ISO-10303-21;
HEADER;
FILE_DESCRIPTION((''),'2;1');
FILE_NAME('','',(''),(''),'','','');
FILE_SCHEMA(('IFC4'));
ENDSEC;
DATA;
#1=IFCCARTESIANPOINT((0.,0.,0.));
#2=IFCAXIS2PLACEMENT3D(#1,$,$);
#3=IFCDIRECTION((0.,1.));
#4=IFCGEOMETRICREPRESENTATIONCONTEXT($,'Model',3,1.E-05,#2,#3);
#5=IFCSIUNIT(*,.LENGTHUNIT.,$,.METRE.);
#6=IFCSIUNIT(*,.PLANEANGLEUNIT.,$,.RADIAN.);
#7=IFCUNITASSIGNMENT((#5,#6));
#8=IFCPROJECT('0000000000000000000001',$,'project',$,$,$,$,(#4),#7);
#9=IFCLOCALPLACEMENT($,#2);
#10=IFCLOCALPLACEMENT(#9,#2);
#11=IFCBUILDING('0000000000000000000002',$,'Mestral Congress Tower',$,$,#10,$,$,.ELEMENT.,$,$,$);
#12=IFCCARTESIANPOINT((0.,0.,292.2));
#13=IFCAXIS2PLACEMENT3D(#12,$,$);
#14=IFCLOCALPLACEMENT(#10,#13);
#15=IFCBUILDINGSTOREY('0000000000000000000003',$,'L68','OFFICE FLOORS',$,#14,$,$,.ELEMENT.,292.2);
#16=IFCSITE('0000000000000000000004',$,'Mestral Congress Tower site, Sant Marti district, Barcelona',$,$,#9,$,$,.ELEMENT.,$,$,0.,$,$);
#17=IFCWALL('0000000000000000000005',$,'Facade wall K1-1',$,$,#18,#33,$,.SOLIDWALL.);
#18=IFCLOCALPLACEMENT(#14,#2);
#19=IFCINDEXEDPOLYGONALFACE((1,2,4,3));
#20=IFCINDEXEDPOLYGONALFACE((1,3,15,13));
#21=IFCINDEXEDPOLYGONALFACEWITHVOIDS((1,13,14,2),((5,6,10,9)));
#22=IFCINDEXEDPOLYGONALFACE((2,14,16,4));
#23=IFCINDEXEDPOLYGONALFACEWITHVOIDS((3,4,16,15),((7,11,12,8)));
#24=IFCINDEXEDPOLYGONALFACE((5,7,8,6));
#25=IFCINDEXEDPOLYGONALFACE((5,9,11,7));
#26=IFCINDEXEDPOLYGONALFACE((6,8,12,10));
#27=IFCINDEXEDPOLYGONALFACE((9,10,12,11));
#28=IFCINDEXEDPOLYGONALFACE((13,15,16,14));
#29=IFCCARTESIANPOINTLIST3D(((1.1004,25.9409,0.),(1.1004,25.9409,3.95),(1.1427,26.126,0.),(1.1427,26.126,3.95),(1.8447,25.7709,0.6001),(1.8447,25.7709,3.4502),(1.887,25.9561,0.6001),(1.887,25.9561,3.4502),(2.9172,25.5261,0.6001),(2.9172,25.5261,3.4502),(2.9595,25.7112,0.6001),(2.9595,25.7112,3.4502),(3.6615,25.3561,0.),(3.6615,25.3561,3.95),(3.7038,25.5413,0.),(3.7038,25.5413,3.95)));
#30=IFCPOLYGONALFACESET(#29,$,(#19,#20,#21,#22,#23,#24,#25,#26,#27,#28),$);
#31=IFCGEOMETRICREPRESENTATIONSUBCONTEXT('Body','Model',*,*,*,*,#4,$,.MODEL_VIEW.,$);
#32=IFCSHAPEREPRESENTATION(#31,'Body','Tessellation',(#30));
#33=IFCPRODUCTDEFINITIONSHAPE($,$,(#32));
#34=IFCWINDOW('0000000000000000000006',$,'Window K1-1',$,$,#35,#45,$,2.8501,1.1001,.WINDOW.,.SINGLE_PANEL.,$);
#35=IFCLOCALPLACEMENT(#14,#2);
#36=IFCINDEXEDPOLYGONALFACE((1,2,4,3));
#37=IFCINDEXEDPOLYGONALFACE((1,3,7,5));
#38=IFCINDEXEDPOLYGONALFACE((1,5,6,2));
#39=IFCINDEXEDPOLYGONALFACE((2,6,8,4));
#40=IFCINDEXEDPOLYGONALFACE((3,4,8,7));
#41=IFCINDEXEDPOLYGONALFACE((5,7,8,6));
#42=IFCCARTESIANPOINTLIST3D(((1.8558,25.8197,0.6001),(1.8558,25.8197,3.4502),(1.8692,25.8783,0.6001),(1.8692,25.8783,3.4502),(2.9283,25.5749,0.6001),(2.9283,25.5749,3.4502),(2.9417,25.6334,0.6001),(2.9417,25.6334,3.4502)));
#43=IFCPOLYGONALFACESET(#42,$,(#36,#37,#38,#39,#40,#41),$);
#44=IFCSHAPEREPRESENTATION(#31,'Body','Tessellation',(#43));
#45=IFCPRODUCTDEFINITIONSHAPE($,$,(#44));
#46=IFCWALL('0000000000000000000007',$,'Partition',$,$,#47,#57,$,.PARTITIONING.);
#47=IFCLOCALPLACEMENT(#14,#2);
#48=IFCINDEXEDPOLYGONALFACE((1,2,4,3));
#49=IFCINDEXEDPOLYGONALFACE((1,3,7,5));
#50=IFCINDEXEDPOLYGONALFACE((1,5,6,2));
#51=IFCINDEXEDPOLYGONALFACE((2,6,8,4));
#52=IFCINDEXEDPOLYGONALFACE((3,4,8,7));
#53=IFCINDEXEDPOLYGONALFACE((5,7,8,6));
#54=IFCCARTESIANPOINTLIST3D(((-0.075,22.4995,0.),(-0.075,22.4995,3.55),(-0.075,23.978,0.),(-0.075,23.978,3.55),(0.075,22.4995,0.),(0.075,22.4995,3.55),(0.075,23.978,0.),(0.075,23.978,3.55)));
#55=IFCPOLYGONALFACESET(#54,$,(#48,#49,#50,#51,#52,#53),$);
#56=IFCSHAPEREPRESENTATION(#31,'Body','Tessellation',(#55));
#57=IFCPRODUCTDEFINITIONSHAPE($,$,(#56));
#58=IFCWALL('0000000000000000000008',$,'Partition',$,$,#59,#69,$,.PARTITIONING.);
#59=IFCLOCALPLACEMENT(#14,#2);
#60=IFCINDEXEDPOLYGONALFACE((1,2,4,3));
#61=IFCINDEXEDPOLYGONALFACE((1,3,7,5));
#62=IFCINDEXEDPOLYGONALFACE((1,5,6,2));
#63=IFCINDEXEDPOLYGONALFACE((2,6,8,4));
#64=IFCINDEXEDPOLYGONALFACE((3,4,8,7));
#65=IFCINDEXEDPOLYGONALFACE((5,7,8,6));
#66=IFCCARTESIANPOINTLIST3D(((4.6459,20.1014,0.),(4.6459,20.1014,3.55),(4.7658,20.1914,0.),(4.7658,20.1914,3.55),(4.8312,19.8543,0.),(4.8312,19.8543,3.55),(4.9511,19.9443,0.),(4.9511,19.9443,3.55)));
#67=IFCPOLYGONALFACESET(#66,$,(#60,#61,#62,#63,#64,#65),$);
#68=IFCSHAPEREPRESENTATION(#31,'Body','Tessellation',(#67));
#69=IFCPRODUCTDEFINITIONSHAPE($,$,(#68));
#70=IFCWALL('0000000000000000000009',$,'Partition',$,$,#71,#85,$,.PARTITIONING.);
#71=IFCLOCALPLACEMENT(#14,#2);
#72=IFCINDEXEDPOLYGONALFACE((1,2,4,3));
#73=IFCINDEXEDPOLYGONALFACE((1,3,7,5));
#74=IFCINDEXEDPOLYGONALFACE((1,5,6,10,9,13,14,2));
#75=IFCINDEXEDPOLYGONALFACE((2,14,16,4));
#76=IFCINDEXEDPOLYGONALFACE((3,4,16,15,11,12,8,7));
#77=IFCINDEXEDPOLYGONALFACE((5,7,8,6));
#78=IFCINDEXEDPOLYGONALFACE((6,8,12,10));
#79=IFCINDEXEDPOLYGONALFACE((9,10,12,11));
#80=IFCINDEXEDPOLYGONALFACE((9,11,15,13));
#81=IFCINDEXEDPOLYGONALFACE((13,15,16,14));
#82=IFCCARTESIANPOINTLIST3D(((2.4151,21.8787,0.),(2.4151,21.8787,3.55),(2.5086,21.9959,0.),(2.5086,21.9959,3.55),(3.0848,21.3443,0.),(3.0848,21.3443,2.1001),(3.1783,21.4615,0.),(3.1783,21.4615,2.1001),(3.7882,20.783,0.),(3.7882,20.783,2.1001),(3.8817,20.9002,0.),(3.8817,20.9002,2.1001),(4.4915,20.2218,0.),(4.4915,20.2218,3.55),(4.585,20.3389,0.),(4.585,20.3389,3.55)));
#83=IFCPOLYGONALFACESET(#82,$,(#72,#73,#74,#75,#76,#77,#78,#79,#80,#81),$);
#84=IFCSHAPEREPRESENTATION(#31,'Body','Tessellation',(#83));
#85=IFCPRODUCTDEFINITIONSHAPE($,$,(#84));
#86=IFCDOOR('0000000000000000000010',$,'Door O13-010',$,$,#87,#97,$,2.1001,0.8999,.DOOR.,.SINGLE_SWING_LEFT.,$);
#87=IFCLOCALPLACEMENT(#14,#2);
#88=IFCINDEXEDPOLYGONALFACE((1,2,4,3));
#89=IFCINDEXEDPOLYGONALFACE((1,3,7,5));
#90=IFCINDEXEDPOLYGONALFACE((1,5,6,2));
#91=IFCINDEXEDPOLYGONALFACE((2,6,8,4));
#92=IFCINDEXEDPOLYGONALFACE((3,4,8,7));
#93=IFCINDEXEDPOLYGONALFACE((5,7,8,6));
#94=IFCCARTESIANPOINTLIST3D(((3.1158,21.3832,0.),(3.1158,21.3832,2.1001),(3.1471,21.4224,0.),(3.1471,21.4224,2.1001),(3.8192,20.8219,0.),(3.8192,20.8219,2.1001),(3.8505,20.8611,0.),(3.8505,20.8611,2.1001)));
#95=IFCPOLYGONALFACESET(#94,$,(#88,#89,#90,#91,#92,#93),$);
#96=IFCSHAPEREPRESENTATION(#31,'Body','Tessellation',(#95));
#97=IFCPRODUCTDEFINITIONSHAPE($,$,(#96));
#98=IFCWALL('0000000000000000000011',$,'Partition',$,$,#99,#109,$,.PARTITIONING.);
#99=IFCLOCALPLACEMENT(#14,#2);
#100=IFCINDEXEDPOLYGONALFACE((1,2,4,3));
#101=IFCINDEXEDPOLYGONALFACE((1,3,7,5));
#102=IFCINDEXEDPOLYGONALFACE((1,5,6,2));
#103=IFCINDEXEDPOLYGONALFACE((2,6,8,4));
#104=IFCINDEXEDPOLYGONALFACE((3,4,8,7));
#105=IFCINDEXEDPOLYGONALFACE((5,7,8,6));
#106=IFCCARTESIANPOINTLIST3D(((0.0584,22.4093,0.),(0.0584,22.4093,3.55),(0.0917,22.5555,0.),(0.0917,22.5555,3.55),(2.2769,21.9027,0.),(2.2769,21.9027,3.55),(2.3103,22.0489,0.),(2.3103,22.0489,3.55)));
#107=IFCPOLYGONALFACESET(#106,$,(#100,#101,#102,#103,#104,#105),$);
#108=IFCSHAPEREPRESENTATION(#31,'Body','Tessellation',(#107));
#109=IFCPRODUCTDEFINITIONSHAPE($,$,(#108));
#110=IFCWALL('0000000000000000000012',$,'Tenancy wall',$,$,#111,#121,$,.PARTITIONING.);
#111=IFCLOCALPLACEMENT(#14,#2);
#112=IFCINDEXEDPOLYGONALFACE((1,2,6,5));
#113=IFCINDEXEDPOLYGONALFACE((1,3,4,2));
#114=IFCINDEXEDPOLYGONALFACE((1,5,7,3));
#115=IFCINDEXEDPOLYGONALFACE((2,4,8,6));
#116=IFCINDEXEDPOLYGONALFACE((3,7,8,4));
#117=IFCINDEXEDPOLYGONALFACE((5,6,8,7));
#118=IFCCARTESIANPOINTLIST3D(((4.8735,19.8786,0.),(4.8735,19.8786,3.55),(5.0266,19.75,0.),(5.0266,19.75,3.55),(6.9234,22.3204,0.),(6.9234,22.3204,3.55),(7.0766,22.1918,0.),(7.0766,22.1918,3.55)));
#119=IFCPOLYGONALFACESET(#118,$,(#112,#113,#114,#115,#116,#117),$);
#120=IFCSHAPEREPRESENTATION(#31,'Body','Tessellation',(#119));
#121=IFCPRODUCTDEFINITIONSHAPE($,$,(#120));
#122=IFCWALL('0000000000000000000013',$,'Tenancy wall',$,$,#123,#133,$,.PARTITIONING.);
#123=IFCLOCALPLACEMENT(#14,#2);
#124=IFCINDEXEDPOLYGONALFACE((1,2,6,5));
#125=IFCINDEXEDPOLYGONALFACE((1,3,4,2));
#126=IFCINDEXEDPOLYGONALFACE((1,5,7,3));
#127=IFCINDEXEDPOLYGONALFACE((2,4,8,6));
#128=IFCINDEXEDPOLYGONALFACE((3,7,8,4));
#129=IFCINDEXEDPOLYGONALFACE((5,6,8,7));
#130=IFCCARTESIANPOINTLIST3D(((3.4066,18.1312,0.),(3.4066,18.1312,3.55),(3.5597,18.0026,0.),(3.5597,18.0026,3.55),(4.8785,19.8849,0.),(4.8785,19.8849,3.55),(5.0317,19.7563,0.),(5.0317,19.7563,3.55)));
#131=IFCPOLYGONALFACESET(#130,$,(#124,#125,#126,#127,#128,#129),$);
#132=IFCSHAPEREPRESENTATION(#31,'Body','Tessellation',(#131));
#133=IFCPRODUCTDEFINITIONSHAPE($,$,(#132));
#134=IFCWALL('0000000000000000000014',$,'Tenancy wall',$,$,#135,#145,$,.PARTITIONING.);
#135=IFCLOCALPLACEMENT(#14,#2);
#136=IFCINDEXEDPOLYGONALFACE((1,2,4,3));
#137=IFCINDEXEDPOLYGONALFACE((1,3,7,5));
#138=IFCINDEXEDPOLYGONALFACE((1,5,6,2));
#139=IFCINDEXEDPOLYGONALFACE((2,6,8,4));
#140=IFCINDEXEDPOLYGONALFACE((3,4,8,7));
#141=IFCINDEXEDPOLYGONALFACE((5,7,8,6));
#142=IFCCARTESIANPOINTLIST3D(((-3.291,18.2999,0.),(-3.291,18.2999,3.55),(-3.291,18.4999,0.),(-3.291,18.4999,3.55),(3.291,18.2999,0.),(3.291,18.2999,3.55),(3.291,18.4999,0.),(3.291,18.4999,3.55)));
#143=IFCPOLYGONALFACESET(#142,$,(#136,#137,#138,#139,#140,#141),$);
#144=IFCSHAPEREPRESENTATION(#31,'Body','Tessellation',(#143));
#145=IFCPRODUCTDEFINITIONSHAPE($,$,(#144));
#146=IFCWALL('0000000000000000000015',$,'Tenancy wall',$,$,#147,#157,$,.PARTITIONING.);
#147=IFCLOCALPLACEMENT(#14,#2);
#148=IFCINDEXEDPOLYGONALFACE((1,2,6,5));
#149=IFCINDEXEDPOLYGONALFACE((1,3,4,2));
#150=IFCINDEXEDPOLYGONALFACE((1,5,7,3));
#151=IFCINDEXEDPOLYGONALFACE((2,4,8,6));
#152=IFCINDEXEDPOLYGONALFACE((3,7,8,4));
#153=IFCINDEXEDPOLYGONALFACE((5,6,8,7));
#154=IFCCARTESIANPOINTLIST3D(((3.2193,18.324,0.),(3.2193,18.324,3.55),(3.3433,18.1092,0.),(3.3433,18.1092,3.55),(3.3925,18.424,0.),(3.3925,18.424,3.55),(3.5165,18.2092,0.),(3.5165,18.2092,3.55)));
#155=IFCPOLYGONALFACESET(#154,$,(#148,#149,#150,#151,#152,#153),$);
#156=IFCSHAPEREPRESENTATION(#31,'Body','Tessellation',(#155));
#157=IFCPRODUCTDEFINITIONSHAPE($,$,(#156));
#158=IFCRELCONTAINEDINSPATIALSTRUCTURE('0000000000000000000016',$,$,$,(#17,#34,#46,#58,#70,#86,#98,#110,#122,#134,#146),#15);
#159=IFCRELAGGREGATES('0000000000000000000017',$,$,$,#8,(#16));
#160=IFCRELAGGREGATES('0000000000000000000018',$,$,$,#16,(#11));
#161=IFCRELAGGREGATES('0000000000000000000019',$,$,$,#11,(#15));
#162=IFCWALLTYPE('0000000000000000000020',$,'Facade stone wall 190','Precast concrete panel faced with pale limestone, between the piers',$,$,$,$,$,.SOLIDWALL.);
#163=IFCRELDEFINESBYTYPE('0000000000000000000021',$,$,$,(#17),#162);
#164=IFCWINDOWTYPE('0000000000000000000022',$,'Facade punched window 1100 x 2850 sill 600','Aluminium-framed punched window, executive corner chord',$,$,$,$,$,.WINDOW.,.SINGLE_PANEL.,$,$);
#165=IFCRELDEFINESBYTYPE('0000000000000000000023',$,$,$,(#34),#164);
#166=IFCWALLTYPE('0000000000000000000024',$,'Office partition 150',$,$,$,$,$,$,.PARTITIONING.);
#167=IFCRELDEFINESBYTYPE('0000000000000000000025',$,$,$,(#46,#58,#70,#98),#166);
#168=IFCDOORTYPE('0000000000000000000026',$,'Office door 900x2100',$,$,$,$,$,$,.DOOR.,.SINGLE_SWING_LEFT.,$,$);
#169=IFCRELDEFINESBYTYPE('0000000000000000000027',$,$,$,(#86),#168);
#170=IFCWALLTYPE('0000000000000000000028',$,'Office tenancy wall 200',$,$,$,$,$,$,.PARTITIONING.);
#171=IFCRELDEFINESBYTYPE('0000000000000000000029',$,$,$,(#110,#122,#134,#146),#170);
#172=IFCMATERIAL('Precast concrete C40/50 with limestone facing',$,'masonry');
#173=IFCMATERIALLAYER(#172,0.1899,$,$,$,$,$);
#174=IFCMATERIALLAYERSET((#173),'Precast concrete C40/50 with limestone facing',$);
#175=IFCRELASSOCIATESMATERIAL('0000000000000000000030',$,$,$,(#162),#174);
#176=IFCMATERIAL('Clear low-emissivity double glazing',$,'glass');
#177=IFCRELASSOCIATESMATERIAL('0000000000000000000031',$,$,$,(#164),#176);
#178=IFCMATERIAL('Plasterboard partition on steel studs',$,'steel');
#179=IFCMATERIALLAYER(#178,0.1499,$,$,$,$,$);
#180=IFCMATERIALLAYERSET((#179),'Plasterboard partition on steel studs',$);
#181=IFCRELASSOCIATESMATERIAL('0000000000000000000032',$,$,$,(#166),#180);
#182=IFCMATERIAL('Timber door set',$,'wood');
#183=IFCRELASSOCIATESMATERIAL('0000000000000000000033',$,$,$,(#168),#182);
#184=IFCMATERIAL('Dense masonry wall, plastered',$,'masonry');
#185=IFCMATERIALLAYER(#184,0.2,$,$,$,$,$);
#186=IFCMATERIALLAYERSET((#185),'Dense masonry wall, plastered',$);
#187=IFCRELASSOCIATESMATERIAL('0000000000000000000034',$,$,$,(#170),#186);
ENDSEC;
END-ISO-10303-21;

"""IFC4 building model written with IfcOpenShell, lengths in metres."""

from ifc_helpers import new_model, si_unit, direction, frame, frame_2d, origin, place, context, subcontext, project, spatial, rectangle, extrude, material, layer, layer_set, type_object, element, fill, save


model = new_model("IFC4")

# Units and contexts
model_context = context("Model", 3, precision=1e-05, world=origin(), true_north=direction((0.0, 1.0)))
body_context = subcontext(model_context, "Body", "Model", "MODEL_VIEW")
ifc_project = project(units=[si_unit("LENGTHUNIT", "METRE"), si_unit("PLANEANGLEUNIT", "RADIAN")], contexts=[model_context])

# Site, building, storey
site_placement = place(None, origin())
site = spatial("IfcSite", under=ifc_project, at=site_placement, Name="Mestral Congress Tower site, Sant Marti district, Barcelona", CompositionType="ELEMENT", RefElevation=0.0)
building_placement = place(site_placement, origin())
building = spatial("IfcBuilding", under=site, at=building_placement, Name="Mestral Congress Tower", CompositionType="ELEMENT")
storey_placement = place(building_placement, frame((0.0, 0.0, 292.2)))
storey = spatial("IfcBuildingStorey", under=building, at=storey_placement, Name="L68", Description="OFFICE FLOORS", CompositionType="ELEMENT", Elevation=292.2)

# Shared definitions
ifc_material_1 = material(Name="Precast concrete C40/50 with limestone facing", Category="masonry")
ifc_layer_1 = layer(ifc_material_1, 0.1899)
ifc_layer_set_1 = layer_set([ifc_layer_1], Name="Precast concrete C40/50 with limestone facing")
wall_type_1 = type_object("IfcWallType", Name="Facade stone wall 190", Description="Precast concrete panel faced with pale limestone, between the piers", PredefinedType="SOLIDWALL", material=ifc_layer_set_1)
ifc_material_2 = material(Name="Clear low-emissivity double glazing", Category="glass")

# Wall, opening, window
window_type_1 = type_object("IfcWindowType", Name="Facade punched window 1100 x 2850 sill 600", Description="Aluminium-framed punched window, executive corner chord", PartitioningType="SINGLE_PANEL", PredefinedType="WINDOW", material=ifc_material_2)
wall_1_placement = place(storey_placement, frame((3.6826, 25.4487, 0.0), z_axis=(0.0, 0.0, 1.0), x_axis=(-0.974913, 0.222585, 0.0)))
wall_1 = element("IfcWall", 1, at=wall_1_placement, inside=storey, type_object=wall_type_1, Name="Facade wall K1-1", PredefinedType="SOLIDWALL", context=body_context, shape_type="SweptSolid", body=[
    extrude(rectangle(XDim=2.627, YDim=0.1899, at=frame_2d((1.3135, 0.0))), origin(), (0.0, 0.0, 1.0), 3.95),
])
opening_1_placement = place(wall_1_placement, frame((0.7634, 0.0, 0.6001)))
opening_1 = element("IfcOpeningElement", 2, at=opening_1_placement, cuts=wall_1, PredefinedType="OPENING", context=body_context, shape_type="SweptSolid", body=[
    extrude(rectangle(XDim=1.1001, YDim=2.8501, at=frame_2d((0.55, 1.425))), frame((0.0, 0.105, 0.0), z_axis=(0.0, -1.0, 0.0), x_axis=(1.0, 0.0, 0.0)), (0.0, 0.0, 1.0), 0.21),
])
window_1_placement = place(opening_1_placement, origin())
window_1 = element("IfcWindow", 3, at=window_1_placement, inside=storey, type_object=window_type_1, Name="Window K1-1", OverallHeight=2.8501, OverallWidth=1.1001, PartitioningType="SINGLE_PANEL", PredefinedType="WINDOW", context=body_context, shape_type="SweptSolid", body=[
    extrude(rectangle(XDim=1.1001, YDim=2.8501, at=frame_2d((0.55, 1.425))), frame((0.0, 0.0449, 0.0), z_axis=(0.0, -1.0, 0.0), x_axis=(1.0, 0.0, 0.0)), (0.0, 0.0, 1.0), 0.0601),
])
fill(opening_1, window_1)

# Walls
ifc_material_3 = material(Name="Plasterboard partition on steel studs", Category="steel")
ifc_layer_2 = layer(ifc_material_3, 0.1499)
ifc_layer_set_2 = layer_set([ifc_layer_2], Name="Plasterboard partition on steel studs")
wall_type_2 = type_object("IfcWallType", Name="Office partition 150", PredefinedType="PARTITIONING", material=ifc_layer_set_2)
wall_2_placement = place(storey_placement, frame((0.0, 22.4995, 0.0), z_axis=(0.0, 0.0, 1.0), x_axis=(0.0, 1.0, 0.0)))
element("IfcWall", 4, at=wall_2_placement, inside=storey, type_object=wall_type_2, Name="Partition", PredefinedType="PARTITIONING", context=body_context, shape_type="SweptSolid", body=[
    extrude(rectangle(XDim=1.4785, YDim=0.1499, at=frame_2d((0.7393, 0.0))), origin(), (0.0, 0.0, 1.0), 3.55),
])
wall_3_placement = place(storey_placement, frame((4.8911, 19.8994, 0.0), z_axis=(0.0, 0.0, 1.0), x_axis=(-0.6, 0.8, 0.0)))
element("IfcWall", 5, at=wall_3_placement, inside=storey, type_object=wall_type_2, Name="Partition", PredefinedType="PARTITIONING", context=body_context, shape_type="SweptSolid", body=[
    extrude(rectangle(XDim=0.3088, YDim=0.1499, at=frame_2d((0.1543, 0.0))), origin(), (0.0, 0.0, 1.0), 3.55),
])

# Wall, opening, door
wall_4_placement = place(storey_placement, frame((2.4619, 21.9373, 0.0), z_axis=(0.0, 0.0, 1.0), x_axis=(0.78163, -0.623742, 0.0)))
wall_4 = element("IfcWall", 6, at=wall_4_placement, inside=storey, type_object=wall_type_2, Name="Partition", PredefinedType="PARTITIONING", context=body_context, shape_type="SweptSolid", body=[
    extrude(rectangle(XDim=2.6565, YDim=0.1499, at=frame_2d((1.3281, 0.0))), origin(), (0.0, 0.0, 1.0), 3.55),
])
opening_2_placement = place(wall_4_placement, frame((0.8567, 0.0, 0.0)))
opening_2 = element("IfcOpeningElement", 7, at=opening_2_placement, cuts=wall_4, PredefinedType="OPENING", context=body_context, shape_type="SweptSolid", body=[
    extrude(rectangle(XDim=0.8999, YDim=2.1001, at=frame_2d((0.45, 1.05))), frame((0.0, 0.085, 0.0), z_axis=(0.0, -1.0, 0.0), x_axis=(1.0, 0.0, 0.0)), (0.0, 0.0, 1.0), 0.1699),
])
ifc_material_4 = material(Name="Timber door set", Category="wood")
door_type = type_object("IfcDoorType", Name="Office door 900x2100", OperationType="SINGLE_SWING_LEFT", PredefinedType="DOOR", material=ifc_material_4)
door_placement = place(opening_2_placement, origin())
door = element("IfcDoor", 8, at=door_placement, inside=storey, type_object=door_type, Name="Door O13-010", OperationType="SINGLE_SWING_LEFT", OverallHeight=2.1001, OverallWidth=0.8999, PredefinedType="DOOR", context=body_context, shape_type="SweptSolid", body=[
    extrude(rectangle(XDim=0.8999, YDim=2.1001, at=frame_2d((0.45, 1.05))), frame((0.0, 0.0249, 0.0), z_axis=(0.0, -1.0, 0.0), x_axis=(1.0, 0.0, 0.0)), (0.0, 0.0, 1.0), 0.05),
])
fill(opening_2, door)

# Walls
wall_5_placement = place(storey_placement, frame((2.2935, 21.9758, 0.0), z_axis=(0.0, 0.0, 1.0), x_axis=(-0.974906, 0.222618, 0.0)))
element("IfcWall", 9, at=wall_5_placement, inside=storey, type_object=wall_type_2, Name="Partition", PredefinedType="PARTITIONING", context=body_context, shape_type="SweptSolid", body=[
    extrude(rectangle(XDim=2.2756, YDim=0.1499, at=frame_2d((1.1377, 0.0))), origin(), (0.0, 0.0, 1.0), 3.55),
])
ifc_material_5 = material(Name="Dense masonry wall, plastered", Category="masonry")
ifc_layer_3 = layer(ifc_material_5, 0.2)
ifc_layer_set_3 = layer_set([ifc_layer_3], Name="Dense masonry wall, plastered")
wall_type_3 = type_object("IfcWallType", Name="Office tenancy wall 200", PredefinedType="PARTITIONING", material=ifc_layer_set_3)
wall_6_placement = place(storey_placement, frame((4.95, 19.8142, 0.0), z_axis=(0.0, 0.0, 1.0), x_axis=(0.642982, 0.765881, 0.0)))
element("IfcWall", 10, at=wall_6_placement, inside=storey, type_object=wall_type_3, Name="Tenancy wall", PredefinedType="PARTITIONING", context=body_context, shape_type="SweptSolid", body=[
    extrude(rectangle(XDim=3.1882, YDim=0.2, at=frame_2d((1.5942, 0.0))), origin(), (0.0, 0.0, 1.0), 3.55),
])
wall_7_placement = place(storey_placement, frame((3.4832, 18.0669, 0.0), z_axis=(0.0, 0.0, 1.0), x_axis=(0.642897, 0.765953, 0.0)))
element("IfcWall", 11, at=wall_7_placement, inside=storey, type_object=wall_type_3, Name="Tenancy wall", PredefinedType="PARTITIONING", context=body_context, shape_type="SweptSolid", body=[
    extrude(rectangle(XDim=2.2896, YDim=0.2, at=frame_2d((1.1448, 0.0))), origin(), (0.0, 0.0, 1.0), 3.55),
])
wall_8_placement = place(storey_placement, frame((3.291, 18.3999, 0.0), z_axis=(0.0, 0.0, 1.0), x_axis=(-1.0, 0.0, 0.0)))
element("IfcWall", 12, at=wall_8_placement, inside=storey, type_object=wall_type_3, Name="Tenancy wall", PredefinedType="PARTITIONING", context=body_context, shape_type="SweptSolid", body=[
    extrude(rectangle(XDim=6.582, YDim=0.2, at=frame_2d((3.291, 0.0))), origin(), (0.0, 0.0, 1.0), 3.55),
])
wall_9_placement = place(storey_placement, frame((3.4299, 18.1592, 0.0), z_axis=(0.0, 0.0, 1.0), x_axis=(-0.49995, 0.866054, 0.0)))
element("IfcWall", 13, at=wall_9_placement, inside=storey, type_object=wall_type_3, Name="Tenancy wall", PredefinedType="PARTITIONING", context=body_context, shape_type="SweptSolid", body=[
    extrude(rectangle(XDim=0.248, YDim=0.2, at=frame_2d((0.124, 0.0))), origin(), (0.0, 0.0, 1.0), 3.55),
])

save(model, "model.ifc")
